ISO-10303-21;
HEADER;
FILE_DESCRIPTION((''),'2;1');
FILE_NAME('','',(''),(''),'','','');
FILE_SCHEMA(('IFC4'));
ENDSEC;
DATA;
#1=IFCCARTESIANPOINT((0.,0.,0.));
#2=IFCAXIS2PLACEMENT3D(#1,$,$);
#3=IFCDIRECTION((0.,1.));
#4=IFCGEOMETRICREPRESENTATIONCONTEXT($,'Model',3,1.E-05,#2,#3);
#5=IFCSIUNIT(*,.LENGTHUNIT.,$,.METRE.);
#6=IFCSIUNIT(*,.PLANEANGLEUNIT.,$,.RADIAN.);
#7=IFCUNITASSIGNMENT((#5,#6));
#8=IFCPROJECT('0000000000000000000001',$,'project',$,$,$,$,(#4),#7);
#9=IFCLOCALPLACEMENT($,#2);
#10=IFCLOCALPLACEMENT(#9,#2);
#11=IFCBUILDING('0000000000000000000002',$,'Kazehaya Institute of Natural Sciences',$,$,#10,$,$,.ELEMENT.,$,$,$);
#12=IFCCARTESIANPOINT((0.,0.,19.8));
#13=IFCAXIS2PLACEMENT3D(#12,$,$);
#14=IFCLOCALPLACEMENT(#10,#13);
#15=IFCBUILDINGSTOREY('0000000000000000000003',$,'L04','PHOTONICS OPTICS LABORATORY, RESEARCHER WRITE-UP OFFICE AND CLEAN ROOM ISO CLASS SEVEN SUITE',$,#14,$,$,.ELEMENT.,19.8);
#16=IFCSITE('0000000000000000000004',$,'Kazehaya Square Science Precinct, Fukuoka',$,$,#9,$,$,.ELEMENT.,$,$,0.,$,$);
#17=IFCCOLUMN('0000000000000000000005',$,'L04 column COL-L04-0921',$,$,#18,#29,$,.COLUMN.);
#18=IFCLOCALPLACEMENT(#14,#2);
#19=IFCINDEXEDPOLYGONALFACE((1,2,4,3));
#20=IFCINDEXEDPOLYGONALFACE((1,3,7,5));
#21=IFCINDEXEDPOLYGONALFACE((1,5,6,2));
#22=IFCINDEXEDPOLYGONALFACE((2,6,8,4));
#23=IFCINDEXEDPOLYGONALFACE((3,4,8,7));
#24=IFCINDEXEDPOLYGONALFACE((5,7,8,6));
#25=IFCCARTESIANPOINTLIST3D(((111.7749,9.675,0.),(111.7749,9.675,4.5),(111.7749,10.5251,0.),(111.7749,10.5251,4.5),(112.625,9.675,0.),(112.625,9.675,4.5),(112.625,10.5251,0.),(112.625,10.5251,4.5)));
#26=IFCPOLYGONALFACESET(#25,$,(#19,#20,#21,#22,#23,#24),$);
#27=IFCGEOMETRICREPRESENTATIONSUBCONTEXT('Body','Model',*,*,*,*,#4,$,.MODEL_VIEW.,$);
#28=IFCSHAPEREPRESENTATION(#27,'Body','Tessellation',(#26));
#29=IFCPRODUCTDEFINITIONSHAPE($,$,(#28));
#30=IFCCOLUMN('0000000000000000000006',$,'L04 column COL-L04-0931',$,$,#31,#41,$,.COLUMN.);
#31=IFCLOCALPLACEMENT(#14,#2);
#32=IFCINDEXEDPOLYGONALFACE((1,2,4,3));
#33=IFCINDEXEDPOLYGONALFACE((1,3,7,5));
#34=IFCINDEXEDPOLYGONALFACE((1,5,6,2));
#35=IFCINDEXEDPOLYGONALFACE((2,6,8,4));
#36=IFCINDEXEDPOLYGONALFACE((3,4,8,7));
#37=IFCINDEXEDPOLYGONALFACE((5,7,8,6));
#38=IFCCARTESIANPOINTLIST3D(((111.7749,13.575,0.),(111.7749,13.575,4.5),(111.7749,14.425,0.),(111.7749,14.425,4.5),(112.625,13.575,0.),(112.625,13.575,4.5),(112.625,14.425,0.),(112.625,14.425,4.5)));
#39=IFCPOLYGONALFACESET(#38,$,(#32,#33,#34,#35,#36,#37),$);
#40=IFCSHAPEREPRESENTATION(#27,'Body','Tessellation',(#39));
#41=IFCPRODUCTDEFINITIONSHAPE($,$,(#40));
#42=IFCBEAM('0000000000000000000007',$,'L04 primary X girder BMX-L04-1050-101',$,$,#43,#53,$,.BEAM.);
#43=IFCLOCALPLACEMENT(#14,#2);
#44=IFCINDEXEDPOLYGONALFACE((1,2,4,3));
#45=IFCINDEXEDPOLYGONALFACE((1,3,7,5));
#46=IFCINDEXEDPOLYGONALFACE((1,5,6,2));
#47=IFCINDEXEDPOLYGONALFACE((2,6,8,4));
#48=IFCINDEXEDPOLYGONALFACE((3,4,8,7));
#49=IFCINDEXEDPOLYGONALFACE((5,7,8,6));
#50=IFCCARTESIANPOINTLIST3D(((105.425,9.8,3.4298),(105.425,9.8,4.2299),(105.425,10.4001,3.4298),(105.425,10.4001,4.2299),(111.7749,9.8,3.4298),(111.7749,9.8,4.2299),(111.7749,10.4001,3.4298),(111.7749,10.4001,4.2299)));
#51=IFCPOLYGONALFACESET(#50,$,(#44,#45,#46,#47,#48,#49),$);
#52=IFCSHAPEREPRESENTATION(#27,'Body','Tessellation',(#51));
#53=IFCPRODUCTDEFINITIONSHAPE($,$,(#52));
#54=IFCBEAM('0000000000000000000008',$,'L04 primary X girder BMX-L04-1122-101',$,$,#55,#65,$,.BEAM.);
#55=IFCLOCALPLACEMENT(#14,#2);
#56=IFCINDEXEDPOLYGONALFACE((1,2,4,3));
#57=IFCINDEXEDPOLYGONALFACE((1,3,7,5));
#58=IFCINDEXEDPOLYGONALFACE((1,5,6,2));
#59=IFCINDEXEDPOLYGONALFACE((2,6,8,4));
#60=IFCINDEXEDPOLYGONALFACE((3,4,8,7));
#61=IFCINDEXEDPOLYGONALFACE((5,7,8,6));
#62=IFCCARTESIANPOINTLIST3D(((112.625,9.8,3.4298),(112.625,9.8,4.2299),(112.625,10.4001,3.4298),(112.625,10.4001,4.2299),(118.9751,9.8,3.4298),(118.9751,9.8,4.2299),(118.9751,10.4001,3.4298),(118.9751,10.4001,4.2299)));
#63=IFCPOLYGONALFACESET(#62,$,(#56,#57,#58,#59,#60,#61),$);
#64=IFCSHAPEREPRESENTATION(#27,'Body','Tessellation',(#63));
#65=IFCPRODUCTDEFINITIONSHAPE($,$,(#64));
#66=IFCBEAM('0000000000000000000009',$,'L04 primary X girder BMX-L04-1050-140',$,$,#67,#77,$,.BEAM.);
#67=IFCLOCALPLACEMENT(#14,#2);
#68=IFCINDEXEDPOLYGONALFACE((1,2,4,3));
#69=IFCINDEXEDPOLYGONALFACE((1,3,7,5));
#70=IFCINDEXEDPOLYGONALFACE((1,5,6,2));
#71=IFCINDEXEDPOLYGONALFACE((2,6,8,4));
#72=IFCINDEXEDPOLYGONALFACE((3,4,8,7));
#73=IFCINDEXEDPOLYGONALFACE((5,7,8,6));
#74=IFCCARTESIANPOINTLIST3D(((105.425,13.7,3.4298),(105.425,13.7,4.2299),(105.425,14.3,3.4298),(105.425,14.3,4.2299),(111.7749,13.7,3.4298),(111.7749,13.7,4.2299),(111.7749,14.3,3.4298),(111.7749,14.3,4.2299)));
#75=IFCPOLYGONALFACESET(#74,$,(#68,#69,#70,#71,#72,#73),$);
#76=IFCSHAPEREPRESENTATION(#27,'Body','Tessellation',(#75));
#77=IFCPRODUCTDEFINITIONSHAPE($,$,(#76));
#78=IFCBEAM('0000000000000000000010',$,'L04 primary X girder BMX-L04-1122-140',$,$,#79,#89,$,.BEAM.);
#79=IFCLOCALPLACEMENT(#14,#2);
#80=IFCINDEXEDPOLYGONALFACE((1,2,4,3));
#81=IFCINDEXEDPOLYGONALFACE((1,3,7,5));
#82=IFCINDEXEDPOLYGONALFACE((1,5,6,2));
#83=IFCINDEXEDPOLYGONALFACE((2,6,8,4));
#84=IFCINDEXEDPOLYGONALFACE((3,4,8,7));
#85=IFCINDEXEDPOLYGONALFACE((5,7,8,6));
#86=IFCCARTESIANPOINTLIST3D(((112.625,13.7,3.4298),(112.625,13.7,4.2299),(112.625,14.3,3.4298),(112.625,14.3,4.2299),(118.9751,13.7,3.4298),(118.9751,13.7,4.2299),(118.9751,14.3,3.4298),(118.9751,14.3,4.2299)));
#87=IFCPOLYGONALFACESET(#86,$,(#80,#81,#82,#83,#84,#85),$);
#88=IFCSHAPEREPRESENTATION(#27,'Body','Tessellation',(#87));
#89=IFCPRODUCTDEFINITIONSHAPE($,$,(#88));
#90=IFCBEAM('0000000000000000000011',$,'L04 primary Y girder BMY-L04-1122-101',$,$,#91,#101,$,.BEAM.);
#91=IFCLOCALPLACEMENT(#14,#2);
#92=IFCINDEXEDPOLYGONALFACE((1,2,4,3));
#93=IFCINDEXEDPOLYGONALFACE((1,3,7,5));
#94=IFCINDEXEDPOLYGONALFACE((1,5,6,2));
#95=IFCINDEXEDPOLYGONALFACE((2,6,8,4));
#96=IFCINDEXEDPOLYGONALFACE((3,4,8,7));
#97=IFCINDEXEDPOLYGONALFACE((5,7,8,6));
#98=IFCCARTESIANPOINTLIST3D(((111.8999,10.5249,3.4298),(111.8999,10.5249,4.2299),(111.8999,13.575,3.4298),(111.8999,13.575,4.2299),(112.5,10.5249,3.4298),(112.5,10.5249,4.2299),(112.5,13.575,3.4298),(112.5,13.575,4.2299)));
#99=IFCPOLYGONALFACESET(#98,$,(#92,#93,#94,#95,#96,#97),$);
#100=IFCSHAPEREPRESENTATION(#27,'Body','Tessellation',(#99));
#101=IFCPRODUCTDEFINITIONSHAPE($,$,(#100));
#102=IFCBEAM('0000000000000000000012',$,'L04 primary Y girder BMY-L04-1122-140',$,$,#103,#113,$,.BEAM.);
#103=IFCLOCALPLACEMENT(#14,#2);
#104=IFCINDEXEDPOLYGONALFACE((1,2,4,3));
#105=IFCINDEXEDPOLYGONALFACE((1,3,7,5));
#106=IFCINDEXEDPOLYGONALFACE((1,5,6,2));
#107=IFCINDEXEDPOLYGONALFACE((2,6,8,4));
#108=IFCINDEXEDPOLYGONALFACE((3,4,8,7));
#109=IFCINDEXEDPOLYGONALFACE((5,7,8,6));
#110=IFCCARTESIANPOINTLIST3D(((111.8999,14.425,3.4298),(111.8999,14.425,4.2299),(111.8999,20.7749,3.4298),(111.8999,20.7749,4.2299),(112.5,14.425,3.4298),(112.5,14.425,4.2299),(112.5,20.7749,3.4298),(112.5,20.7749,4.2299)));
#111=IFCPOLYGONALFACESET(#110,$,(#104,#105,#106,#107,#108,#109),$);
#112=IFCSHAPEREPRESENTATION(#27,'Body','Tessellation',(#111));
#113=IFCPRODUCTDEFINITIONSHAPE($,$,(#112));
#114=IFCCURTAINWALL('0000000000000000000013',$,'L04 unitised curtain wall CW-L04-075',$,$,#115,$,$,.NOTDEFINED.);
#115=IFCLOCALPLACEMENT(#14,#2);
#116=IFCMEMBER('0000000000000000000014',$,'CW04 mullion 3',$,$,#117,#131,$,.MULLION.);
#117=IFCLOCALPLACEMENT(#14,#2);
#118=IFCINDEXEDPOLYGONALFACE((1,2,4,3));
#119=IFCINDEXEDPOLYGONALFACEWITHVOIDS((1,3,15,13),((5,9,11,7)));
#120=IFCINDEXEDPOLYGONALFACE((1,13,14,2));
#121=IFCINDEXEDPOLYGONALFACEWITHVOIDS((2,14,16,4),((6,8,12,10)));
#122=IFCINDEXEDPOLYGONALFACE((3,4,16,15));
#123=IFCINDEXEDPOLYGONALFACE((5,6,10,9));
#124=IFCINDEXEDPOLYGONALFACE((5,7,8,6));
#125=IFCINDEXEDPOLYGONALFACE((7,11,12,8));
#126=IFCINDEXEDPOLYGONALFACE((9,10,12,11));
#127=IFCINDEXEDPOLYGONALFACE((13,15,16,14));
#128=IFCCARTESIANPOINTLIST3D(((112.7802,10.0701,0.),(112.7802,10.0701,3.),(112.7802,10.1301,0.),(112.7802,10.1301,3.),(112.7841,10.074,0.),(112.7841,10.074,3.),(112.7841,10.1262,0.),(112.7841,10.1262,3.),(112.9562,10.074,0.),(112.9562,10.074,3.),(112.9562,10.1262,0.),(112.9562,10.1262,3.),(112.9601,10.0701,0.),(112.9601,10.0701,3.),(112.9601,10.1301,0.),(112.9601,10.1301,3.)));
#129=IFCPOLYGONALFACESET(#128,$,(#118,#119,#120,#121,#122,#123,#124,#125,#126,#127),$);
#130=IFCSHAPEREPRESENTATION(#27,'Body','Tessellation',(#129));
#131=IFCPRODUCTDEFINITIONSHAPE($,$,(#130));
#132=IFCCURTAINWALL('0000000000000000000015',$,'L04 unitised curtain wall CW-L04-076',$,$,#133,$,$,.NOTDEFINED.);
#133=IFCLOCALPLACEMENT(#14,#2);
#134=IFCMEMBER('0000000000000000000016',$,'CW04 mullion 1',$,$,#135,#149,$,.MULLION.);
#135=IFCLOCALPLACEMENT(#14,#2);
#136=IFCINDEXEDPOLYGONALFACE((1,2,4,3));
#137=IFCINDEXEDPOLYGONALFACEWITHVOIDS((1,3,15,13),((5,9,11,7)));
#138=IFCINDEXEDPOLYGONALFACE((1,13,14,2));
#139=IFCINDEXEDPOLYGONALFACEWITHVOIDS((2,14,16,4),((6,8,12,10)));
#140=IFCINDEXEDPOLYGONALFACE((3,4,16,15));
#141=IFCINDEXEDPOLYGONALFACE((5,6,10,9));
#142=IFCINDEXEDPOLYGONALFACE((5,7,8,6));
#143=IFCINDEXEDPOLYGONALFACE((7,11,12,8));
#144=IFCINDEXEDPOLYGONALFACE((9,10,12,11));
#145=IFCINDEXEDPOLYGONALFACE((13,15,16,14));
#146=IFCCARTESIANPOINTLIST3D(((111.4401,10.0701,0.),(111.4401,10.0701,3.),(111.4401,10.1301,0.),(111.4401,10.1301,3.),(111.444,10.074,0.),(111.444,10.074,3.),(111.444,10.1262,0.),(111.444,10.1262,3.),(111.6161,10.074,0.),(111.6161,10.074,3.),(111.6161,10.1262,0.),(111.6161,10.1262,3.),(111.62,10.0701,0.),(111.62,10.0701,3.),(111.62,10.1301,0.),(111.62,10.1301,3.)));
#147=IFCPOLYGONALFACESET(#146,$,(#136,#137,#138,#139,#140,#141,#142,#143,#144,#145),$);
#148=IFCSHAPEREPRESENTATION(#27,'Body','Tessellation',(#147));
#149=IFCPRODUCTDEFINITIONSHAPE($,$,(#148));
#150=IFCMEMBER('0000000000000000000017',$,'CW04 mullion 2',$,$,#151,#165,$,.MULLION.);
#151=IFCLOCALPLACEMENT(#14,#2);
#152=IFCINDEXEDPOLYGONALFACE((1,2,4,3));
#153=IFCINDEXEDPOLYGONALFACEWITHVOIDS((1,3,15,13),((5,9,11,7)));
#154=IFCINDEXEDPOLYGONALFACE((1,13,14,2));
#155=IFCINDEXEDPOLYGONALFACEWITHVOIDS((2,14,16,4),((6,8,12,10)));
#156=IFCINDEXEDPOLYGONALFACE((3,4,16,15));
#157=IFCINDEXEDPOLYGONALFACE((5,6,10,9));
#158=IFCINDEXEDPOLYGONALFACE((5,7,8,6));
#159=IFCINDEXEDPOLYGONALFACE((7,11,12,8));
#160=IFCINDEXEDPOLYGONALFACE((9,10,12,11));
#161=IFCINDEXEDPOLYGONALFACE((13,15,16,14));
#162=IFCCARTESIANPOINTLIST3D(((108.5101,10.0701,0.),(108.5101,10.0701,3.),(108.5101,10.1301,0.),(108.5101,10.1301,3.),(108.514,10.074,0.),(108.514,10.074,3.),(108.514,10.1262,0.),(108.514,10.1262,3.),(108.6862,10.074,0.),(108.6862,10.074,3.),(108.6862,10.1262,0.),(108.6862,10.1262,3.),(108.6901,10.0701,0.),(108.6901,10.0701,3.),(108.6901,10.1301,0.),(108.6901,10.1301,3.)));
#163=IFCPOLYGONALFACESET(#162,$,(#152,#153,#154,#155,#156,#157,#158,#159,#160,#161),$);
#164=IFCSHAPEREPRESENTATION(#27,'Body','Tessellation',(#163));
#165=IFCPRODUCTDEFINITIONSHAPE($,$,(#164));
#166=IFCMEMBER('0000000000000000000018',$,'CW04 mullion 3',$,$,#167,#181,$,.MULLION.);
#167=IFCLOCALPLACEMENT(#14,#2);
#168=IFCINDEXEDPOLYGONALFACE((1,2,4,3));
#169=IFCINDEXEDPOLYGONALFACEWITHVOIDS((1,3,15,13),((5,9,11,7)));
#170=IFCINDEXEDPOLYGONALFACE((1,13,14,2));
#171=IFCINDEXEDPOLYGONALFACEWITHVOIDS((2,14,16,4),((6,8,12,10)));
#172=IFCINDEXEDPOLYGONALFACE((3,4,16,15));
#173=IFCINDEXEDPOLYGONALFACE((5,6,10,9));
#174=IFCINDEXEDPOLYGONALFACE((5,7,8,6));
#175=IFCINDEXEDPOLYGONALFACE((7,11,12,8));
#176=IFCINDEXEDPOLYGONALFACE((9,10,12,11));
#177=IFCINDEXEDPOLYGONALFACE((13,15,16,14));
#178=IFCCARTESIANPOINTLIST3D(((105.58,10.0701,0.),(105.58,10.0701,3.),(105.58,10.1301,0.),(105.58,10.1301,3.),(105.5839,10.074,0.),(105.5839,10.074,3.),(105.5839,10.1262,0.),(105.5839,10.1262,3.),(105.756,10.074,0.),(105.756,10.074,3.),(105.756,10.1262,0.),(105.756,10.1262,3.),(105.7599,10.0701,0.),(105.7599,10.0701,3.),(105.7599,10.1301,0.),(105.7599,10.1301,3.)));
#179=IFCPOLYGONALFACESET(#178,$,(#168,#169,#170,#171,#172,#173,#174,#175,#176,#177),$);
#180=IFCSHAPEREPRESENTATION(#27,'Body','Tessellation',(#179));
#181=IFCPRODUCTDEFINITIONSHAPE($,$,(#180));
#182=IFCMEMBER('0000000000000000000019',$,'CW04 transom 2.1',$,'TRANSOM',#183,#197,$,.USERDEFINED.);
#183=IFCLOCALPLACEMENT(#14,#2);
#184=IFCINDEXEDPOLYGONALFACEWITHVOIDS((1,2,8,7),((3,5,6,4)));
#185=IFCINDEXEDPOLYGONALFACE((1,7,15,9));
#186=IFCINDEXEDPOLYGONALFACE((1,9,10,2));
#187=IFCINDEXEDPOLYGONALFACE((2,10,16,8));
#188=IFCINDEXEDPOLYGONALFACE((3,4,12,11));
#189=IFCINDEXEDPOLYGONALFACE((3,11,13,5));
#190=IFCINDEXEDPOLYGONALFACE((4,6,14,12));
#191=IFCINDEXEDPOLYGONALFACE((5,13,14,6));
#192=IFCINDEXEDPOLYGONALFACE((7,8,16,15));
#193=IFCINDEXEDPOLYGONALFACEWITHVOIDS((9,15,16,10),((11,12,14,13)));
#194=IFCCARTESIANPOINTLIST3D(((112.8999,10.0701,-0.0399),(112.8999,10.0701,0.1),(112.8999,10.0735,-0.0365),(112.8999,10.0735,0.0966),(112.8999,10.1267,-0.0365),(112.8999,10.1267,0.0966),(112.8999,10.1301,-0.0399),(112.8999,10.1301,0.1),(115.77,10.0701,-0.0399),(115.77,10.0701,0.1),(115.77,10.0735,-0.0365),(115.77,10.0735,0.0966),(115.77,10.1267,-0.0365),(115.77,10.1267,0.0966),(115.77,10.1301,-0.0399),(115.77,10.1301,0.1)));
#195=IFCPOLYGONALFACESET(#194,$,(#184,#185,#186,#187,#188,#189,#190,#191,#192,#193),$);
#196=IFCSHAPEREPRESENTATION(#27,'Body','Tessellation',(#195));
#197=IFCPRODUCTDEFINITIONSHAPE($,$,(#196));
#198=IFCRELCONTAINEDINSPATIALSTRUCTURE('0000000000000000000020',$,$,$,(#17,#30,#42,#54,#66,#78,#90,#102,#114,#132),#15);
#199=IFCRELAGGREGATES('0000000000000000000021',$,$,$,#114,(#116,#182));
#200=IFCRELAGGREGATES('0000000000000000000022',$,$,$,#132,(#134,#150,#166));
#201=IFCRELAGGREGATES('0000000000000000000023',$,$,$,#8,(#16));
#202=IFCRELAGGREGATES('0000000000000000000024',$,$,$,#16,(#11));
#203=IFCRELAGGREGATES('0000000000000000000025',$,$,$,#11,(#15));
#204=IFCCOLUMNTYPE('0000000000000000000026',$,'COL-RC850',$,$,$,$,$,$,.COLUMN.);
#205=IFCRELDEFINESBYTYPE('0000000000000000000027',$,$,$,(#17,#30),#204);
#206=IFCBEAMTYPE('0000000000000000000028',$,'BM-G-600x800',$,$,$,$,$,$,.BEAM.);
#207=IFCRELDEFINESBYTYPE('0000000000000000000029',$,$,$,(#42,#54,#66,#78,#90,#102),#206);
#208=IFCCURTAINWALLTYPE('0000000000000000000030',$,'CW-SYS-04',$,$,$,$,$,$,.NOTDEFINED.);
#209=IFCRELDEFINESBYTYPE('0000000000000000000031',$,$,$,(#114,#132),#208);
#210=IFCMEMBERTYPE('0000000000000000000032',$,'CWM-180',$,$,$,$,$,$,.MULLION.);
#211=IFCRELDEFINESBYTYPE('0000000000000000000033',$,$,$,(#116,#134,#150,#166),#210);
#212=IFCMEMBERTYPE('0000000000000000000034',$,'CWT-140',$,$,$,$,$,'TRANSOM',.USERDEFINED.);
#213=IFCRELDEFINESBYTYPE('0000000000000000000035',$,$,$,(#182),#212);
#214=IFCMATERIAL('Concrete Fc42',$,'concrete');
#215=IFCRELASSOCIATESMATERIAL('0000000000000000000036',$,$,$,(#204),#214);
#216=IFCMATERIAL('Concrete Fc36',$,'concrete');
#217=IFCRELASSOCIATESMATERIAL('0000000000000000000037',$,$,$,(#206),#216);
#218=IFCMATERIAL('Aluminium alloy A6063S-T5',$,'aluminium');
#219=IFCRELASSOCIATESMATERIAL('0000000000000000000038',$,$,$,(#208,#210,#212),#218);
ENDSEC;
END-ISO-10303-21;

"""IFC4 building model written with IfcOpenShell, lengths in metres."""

from ifc_helpers import new_model, si_unit, direction, frame, origin, origin_2d, place, context, subcontext, project, spatial, rectangle, hollow_rectangle, extrude, material, material_profile, profile_set, type_object, element, aggregate, save


model = new_model("IFC4")

# Units and contexts
model_context = context("Model", 3, precision=1e-05, world=origin(), true_north=direction((0.0, 1.0)))
body_context = subcontext(model_context, "Body", "Model", "MODEL_VIEW")
ifc_project = project(units=[si_unit("LENGTHUNIT", "METRE"), si_unit("PLANEANGLEUNIT", "RADIAN")], contexts=[model_context])

# Site, building, storey
site_placement = place(None, origin())
site = spatial("IfcSite", under=ifc_project, at=site_placement, Name="Kazehaya Square Science Precinct, Fukuoka", CompositionType="ELEMENT", RefElevation=0.0)
building_placement = place(site_placement, origin())
building = spatial("IfcBuilding", under=site, at=building_placement, Name="Kazehaya Institute of Natural Sciences", CompositionType="ELEMENT")
storey_placement = place(building_placement, frame((0.0, 0.0, 19.8)))
storey = spatial("IfcBuildingStorey", under=building, at=storey_placement, Name="L04", Description="PHOTONICS OPTICS LABORATORY, RESEARCHER WRITE-UP OFFICE AND CLEAN ROOM ISO CLASS SEVEN SUITE", CompositionType="ELEMENT", Elevation=19.8)

# Columns
ifc_material_1 = material(Name="Concrete Fc42", Category="concrete")
ifc_material_profile_1 = material_profile(ifc_material_1, rectangle(XDim=0.8501, YDim=0.8501, at=origin_2d()), Name="RC-850x850")
ifc_profile_set_1 = profile_set([ifc_material_profile_1], Name="Concrete Fc42")
column_type = type_object("IfcColumnType", Name="COL-RC850", PredefinedType="COLUMN", material=ifc_profile_set_1)
for number, where, z_axis, x_axis, name in (
    (1, (112.2, 10.1001, 0.0), (0.0, 0.0, 1.0), (1.0, 0.0, 0.0), "L04 column COL-L04-0921"),
    (2, (112.2, 14.0, 0.0), (0.0, 0.0, 1.0), (1.0, 0.0, 0.0), "L04 column COL-L04-0931"),
):
    element("IfcColumn", number, at=place(storey_placement, frame(where, z_axis=z_axis, x_axis=x_axis)), inside=storey, type_object=column_type, Name=name, PredefinedType="COLUMN", context=body_context, shape_type="SweptSolid", body=[
        extrude(rectangle(XDim=0.8501, YDim=0.8501, at=origin_2d()), origin(), (0.0, 0.0, 1.0), 4.5),
    ])

# Beams
ifc_material_2 = material(Name="Concrete Fc36", Category="concrete")
ifc_material_profile_2 = material_profile(ifc_material_2, rectangle(XDim=0.6001, YDim=0.8, at=origin_2d()), Name="RC-600x800")
ifc_profile_set_2 = profile_set([ifc_material_profile_2], Name="Concrete Fc36")
beam_type = type_object("IfcBeamType", Name="BM-G-600x800", PredefinedType="BEAM", material=ifc_profile_set_2)
beam_1_placement = place(storey_placement, frame((105.425, 10.1001, 3.8298), z_axis=(1.0, 0.0, 0.0), x_axis=(0.0, 1.0, 0.0)))
element("IfcBeam", 3, at=beam_1_placement, inside=storey, type_object=beam_type, Name="L04 primary X girder BMX-L04-1050-101", PredefinedType="BEAM", context=body_context, shape_type="SweptSolid", body=[
    extrude(rectangle(XDim=0.6001, YDim=0.8, at=origin_2d()), origin(), (0.0, 0.0, 1.0), 6.3499),
])
beam_2_placement = place(storey_placement, frame((112.625, 10.1001, 3.8298), z_axis=(1.0, 0.0, 0.0), x_axis=(0.0, 1.0, 0.0)))
element("IfcBeam", 4, at=beam_2_placement, inside=storey, type_object=beam_type, Name="L04 primary X girder BMX-L04-1122-101", PredefinedType="BEAM", context=body_context, shape_type="SweptSolid", body=[
    extrude(rectangle(XDim=0.6001, YDim=0.8, at=origin_2d()), origin(), (0.0, 0.0, 1.0), 6.3501),
])
beam_3_placement = place(storey_placement, frame((105.425, 14.0, 3.8298), z_axis=(1.0, 0.0, 0.0), x_axis=(0.0, 1.0, 0.0)))
element("IfcBeam", 5, at=beam_3_placement, inside=storey, type_object=beam_type, Name="L04 primary X girder BMX-L04-1050-140", PredefinedType="BEAM", context=body_context, shape_type="SweptSolid", body=[
    extrude(rectangle(XDim=0.6001, YDim=0.8, at=origin_2d()), origin(), (0.0, 0.0, 1.0), 6.3499),
])
beam_4_placement = place(storey_placement, frame((112.625, 14.0, 3.8298), z_axis=(1.0, 0.0, 0.0), x_axis=(0.0, 1.0, 0.0)))
element("IfcBeam", 6, at=beam_4_placement, inside=storey, type_object=beam_type, Name="L04 primary X girder BMX-L04-1122-140", PredefinedType="BEAM", context=body_context, shape_type="SweptSolid", body=[
    extrude(rectangle(XDim=0.6001, YDim=0.8, at=origin_2d()), origin(), (0.0, 0.0, 1.0), 6.3501),
])
beam_5_placement = place(storey_placement, frame((112.2, 10.5249, 3.8298), z_axis=(0.0, 1.0, 0.0), x_axis=(-1.0, 0.0, 0.0)))
element("IfcBeam", 7, at=beam_5_placement, inside=storey, type_object=beam_type, Name="L04 primary Y girder BMY-L04-1122-101", PredefinedType="BEAM", context=body_context, shape_type="SweptSolid", body=[
    extrude(rectangle(XDim=0.6001, YDim=0.8, at=origin_2d()), origin(), (0.0, 0.0, 1.0), 3.05),
])
beam_6_placement = place(storey_placement, frame((112.2, 14.425, 3.8298), z_axis=(0.0, 1.0, 0.0), x_axis=(-1.0, 0.0, 0.0)))
element("IfcBeam", 8, at=beam_6_placement, inside=storey, type_object=beam_type, Name="L04 primary Y girder BMY-L04-1122-140", PredefinedType="BEAM", context=body_context, shape_type="SweptSolid", body=[
    extrude(rectangle(XDim=0.6001, YDim=0.8, at=origin_2d()), origin(), (0.0, 0.0, 1.0), 6.3499),
])

# Curtain wall, member
ifc_material_3 = material(Name="Aluminium alloy A6063S-T5", Category="aluminium")
curtain_wall_type = type_object("IfcCurtainWallType", Name="CW-SYS-04", PredefinedType="NOTDEFINED", material=ifc_material_3)
curtain_wall_1_placement = place(storey_placement, origin())
curtain_wall_1 = element("IfcCurtainWall", 9, at=curtain_wall_1_placement, inside=storey, type_object=curtain_wall_type, Name="L04 unitised curtain wall CW-L04-075", PredefinedType="NOTDEFINED")
ifc_material_profile_3 = material_profile(ifc_material_3, hollow_rectangle(XDim=0.0601, YDim=0.1799, WallThickness=0.0039, at=origin_2d()), Name="ALU-60x180x4")
ifc_profile_set_3 = profile_set([ifc_material_profile_3], Name="Aluminium alloy A6063S-T5")
member_type_1 = type_object("IfcMemberType", Name="CWM-180", PredefinedType="MULLION", material=ifc_profile_set_3)
member_1_placement = place(storey_placement, frame((112.8701, 10.1001, 0.0), z_axis=(0.0, 0.0, 1.0), x_axis=(0.0, -1.0, 0.0)))
member_1 = element("IfcMember", 10, at=member_1_placement, type_object=member_type_1, Name="CW04 mullion 3", PredefinedType="MULLION", context=body_context, shape_type="SweptSolid", body=[
    extrude(hollow_rectangle(XDim=0.0601, YDim=0.1799, WallThickness=0.0039, at=origin_2d()), origin(), (0.0, 0.0, 1.0), 3.0),
])

# Curtain wall, members
curtain_wall_2_placement = place(storey_placement, origin())
curtain_wall_2 = element("IfcCurtainWall", 11, at=curtain_wall_2_placement, inside=storey, type_object=curtain_wall_type, Name="L04 unitised curtain wall CW-L04-076", PredefinedType="NOTDEFINED")
member_2_placement = place(storey_placement, frame((111.53, 10.1001, 0.0), z_axis=(0.0, 0.0, 1.0), x_axis=(0.0, -1.0, 0.0)))
member_2 = element("IfcMember", 12, at=member_2_placement, type_object=member_type_1, Name="CW04 mullion 1", PredefinedType="MULLION", context=body_context, shape_type="SweptSolid", body=[
    extrude(hollow_rectangle(XDim=0.0601, YDim=0.1799, WallThickness=0.0039, at=origin_2d()), origin(), (0.0, 0.0, 1.0), 3.0),
])
member_3_placement = place(storey_placement, frame((108.6001, 10.1001, 0.0), z_axis=(0.0, 0.0, 1.0), x_axis=(0.0, -1.0, 0.0)))
member_3 = element("IfcMember", 13, at=member_3_placement, type_object=member_type_1, Name="CW04 mullion 2", PredefinedType="MULLION", context=body_context, shape_type="SweptSolid", body=[
    extrude(hollow_rectangle(XDim=0.0601, YDim=0.1799, WallThickness=0.0039, at=origin_2d()), origin(), (0.0, 0.0, 1.0), 3.0),
])
member_4_placement = place(storey_placement, frame((105.6699, 10.1001, 0.0), z_axis=(0.0, 0.0, 1.0), x_axis=(0.0, -1.0, 0.0)))
member_4 = element("IfcMember", 14, at=member_4_placement, type_object=member_type_1, Name="CW04 mullion 3", PredefinedType="MULLION", context=body_context, shape_type="SweptSolid", body=[
    extrude(hollow_rectangle(XDim=0.0601, YDim=0.1799, WallThickness=0.0039, at=origin_2d()), origin(), (0.0, 0.0, 1.0), 3.0),
])

# Member
ifc_material_profile_4 = material_profile(ifc_material_3, hollow_rectangle(XDim=0.0601, YDim=0.1399, WallThickness=0.0034, at=origin_2d()), Name="ALU-60x140x3.5")
ifc_profile_set_4 = profile_set([ifc_material_profile_4], Name="Aluminium alloy A6063S-T5")
member_type_2 = type_object("IfcMemberType", Name="CWT-140", ElementType="TRANSOM", PredefinedType="USERDEFINED", material=ifc_profile_set_4)
member_5_placement = place(storey_placement, frame((115.77, 10.1001, 0.03), z_axis=(-1.0, 0.0, 0.0), x_axis=(0.0, -1.0, 0.0)))
member_5 = element("IfcMember", 15, at=member_5_placement, type_object=member_type_2, Name="CW04 transom 2.1", ObjectType="TRANSOM", PredefinedType="USERDEFINED", context=body_context, shape_type="SweptSolid", body=[
    extrude(hollow_rectangle(XDim=0.0601, YDim=0.1399, WallThickness=0.0034, at=origin_2d()), origin(), (0.0, 0.0, 1.0), 2.8701),
])

aggregate(curtain_wall_1, [member_1, member_5])
aggregate(curtain_wall_2, [member_2, member_3, member_4])

save(model, "model.ifc")
